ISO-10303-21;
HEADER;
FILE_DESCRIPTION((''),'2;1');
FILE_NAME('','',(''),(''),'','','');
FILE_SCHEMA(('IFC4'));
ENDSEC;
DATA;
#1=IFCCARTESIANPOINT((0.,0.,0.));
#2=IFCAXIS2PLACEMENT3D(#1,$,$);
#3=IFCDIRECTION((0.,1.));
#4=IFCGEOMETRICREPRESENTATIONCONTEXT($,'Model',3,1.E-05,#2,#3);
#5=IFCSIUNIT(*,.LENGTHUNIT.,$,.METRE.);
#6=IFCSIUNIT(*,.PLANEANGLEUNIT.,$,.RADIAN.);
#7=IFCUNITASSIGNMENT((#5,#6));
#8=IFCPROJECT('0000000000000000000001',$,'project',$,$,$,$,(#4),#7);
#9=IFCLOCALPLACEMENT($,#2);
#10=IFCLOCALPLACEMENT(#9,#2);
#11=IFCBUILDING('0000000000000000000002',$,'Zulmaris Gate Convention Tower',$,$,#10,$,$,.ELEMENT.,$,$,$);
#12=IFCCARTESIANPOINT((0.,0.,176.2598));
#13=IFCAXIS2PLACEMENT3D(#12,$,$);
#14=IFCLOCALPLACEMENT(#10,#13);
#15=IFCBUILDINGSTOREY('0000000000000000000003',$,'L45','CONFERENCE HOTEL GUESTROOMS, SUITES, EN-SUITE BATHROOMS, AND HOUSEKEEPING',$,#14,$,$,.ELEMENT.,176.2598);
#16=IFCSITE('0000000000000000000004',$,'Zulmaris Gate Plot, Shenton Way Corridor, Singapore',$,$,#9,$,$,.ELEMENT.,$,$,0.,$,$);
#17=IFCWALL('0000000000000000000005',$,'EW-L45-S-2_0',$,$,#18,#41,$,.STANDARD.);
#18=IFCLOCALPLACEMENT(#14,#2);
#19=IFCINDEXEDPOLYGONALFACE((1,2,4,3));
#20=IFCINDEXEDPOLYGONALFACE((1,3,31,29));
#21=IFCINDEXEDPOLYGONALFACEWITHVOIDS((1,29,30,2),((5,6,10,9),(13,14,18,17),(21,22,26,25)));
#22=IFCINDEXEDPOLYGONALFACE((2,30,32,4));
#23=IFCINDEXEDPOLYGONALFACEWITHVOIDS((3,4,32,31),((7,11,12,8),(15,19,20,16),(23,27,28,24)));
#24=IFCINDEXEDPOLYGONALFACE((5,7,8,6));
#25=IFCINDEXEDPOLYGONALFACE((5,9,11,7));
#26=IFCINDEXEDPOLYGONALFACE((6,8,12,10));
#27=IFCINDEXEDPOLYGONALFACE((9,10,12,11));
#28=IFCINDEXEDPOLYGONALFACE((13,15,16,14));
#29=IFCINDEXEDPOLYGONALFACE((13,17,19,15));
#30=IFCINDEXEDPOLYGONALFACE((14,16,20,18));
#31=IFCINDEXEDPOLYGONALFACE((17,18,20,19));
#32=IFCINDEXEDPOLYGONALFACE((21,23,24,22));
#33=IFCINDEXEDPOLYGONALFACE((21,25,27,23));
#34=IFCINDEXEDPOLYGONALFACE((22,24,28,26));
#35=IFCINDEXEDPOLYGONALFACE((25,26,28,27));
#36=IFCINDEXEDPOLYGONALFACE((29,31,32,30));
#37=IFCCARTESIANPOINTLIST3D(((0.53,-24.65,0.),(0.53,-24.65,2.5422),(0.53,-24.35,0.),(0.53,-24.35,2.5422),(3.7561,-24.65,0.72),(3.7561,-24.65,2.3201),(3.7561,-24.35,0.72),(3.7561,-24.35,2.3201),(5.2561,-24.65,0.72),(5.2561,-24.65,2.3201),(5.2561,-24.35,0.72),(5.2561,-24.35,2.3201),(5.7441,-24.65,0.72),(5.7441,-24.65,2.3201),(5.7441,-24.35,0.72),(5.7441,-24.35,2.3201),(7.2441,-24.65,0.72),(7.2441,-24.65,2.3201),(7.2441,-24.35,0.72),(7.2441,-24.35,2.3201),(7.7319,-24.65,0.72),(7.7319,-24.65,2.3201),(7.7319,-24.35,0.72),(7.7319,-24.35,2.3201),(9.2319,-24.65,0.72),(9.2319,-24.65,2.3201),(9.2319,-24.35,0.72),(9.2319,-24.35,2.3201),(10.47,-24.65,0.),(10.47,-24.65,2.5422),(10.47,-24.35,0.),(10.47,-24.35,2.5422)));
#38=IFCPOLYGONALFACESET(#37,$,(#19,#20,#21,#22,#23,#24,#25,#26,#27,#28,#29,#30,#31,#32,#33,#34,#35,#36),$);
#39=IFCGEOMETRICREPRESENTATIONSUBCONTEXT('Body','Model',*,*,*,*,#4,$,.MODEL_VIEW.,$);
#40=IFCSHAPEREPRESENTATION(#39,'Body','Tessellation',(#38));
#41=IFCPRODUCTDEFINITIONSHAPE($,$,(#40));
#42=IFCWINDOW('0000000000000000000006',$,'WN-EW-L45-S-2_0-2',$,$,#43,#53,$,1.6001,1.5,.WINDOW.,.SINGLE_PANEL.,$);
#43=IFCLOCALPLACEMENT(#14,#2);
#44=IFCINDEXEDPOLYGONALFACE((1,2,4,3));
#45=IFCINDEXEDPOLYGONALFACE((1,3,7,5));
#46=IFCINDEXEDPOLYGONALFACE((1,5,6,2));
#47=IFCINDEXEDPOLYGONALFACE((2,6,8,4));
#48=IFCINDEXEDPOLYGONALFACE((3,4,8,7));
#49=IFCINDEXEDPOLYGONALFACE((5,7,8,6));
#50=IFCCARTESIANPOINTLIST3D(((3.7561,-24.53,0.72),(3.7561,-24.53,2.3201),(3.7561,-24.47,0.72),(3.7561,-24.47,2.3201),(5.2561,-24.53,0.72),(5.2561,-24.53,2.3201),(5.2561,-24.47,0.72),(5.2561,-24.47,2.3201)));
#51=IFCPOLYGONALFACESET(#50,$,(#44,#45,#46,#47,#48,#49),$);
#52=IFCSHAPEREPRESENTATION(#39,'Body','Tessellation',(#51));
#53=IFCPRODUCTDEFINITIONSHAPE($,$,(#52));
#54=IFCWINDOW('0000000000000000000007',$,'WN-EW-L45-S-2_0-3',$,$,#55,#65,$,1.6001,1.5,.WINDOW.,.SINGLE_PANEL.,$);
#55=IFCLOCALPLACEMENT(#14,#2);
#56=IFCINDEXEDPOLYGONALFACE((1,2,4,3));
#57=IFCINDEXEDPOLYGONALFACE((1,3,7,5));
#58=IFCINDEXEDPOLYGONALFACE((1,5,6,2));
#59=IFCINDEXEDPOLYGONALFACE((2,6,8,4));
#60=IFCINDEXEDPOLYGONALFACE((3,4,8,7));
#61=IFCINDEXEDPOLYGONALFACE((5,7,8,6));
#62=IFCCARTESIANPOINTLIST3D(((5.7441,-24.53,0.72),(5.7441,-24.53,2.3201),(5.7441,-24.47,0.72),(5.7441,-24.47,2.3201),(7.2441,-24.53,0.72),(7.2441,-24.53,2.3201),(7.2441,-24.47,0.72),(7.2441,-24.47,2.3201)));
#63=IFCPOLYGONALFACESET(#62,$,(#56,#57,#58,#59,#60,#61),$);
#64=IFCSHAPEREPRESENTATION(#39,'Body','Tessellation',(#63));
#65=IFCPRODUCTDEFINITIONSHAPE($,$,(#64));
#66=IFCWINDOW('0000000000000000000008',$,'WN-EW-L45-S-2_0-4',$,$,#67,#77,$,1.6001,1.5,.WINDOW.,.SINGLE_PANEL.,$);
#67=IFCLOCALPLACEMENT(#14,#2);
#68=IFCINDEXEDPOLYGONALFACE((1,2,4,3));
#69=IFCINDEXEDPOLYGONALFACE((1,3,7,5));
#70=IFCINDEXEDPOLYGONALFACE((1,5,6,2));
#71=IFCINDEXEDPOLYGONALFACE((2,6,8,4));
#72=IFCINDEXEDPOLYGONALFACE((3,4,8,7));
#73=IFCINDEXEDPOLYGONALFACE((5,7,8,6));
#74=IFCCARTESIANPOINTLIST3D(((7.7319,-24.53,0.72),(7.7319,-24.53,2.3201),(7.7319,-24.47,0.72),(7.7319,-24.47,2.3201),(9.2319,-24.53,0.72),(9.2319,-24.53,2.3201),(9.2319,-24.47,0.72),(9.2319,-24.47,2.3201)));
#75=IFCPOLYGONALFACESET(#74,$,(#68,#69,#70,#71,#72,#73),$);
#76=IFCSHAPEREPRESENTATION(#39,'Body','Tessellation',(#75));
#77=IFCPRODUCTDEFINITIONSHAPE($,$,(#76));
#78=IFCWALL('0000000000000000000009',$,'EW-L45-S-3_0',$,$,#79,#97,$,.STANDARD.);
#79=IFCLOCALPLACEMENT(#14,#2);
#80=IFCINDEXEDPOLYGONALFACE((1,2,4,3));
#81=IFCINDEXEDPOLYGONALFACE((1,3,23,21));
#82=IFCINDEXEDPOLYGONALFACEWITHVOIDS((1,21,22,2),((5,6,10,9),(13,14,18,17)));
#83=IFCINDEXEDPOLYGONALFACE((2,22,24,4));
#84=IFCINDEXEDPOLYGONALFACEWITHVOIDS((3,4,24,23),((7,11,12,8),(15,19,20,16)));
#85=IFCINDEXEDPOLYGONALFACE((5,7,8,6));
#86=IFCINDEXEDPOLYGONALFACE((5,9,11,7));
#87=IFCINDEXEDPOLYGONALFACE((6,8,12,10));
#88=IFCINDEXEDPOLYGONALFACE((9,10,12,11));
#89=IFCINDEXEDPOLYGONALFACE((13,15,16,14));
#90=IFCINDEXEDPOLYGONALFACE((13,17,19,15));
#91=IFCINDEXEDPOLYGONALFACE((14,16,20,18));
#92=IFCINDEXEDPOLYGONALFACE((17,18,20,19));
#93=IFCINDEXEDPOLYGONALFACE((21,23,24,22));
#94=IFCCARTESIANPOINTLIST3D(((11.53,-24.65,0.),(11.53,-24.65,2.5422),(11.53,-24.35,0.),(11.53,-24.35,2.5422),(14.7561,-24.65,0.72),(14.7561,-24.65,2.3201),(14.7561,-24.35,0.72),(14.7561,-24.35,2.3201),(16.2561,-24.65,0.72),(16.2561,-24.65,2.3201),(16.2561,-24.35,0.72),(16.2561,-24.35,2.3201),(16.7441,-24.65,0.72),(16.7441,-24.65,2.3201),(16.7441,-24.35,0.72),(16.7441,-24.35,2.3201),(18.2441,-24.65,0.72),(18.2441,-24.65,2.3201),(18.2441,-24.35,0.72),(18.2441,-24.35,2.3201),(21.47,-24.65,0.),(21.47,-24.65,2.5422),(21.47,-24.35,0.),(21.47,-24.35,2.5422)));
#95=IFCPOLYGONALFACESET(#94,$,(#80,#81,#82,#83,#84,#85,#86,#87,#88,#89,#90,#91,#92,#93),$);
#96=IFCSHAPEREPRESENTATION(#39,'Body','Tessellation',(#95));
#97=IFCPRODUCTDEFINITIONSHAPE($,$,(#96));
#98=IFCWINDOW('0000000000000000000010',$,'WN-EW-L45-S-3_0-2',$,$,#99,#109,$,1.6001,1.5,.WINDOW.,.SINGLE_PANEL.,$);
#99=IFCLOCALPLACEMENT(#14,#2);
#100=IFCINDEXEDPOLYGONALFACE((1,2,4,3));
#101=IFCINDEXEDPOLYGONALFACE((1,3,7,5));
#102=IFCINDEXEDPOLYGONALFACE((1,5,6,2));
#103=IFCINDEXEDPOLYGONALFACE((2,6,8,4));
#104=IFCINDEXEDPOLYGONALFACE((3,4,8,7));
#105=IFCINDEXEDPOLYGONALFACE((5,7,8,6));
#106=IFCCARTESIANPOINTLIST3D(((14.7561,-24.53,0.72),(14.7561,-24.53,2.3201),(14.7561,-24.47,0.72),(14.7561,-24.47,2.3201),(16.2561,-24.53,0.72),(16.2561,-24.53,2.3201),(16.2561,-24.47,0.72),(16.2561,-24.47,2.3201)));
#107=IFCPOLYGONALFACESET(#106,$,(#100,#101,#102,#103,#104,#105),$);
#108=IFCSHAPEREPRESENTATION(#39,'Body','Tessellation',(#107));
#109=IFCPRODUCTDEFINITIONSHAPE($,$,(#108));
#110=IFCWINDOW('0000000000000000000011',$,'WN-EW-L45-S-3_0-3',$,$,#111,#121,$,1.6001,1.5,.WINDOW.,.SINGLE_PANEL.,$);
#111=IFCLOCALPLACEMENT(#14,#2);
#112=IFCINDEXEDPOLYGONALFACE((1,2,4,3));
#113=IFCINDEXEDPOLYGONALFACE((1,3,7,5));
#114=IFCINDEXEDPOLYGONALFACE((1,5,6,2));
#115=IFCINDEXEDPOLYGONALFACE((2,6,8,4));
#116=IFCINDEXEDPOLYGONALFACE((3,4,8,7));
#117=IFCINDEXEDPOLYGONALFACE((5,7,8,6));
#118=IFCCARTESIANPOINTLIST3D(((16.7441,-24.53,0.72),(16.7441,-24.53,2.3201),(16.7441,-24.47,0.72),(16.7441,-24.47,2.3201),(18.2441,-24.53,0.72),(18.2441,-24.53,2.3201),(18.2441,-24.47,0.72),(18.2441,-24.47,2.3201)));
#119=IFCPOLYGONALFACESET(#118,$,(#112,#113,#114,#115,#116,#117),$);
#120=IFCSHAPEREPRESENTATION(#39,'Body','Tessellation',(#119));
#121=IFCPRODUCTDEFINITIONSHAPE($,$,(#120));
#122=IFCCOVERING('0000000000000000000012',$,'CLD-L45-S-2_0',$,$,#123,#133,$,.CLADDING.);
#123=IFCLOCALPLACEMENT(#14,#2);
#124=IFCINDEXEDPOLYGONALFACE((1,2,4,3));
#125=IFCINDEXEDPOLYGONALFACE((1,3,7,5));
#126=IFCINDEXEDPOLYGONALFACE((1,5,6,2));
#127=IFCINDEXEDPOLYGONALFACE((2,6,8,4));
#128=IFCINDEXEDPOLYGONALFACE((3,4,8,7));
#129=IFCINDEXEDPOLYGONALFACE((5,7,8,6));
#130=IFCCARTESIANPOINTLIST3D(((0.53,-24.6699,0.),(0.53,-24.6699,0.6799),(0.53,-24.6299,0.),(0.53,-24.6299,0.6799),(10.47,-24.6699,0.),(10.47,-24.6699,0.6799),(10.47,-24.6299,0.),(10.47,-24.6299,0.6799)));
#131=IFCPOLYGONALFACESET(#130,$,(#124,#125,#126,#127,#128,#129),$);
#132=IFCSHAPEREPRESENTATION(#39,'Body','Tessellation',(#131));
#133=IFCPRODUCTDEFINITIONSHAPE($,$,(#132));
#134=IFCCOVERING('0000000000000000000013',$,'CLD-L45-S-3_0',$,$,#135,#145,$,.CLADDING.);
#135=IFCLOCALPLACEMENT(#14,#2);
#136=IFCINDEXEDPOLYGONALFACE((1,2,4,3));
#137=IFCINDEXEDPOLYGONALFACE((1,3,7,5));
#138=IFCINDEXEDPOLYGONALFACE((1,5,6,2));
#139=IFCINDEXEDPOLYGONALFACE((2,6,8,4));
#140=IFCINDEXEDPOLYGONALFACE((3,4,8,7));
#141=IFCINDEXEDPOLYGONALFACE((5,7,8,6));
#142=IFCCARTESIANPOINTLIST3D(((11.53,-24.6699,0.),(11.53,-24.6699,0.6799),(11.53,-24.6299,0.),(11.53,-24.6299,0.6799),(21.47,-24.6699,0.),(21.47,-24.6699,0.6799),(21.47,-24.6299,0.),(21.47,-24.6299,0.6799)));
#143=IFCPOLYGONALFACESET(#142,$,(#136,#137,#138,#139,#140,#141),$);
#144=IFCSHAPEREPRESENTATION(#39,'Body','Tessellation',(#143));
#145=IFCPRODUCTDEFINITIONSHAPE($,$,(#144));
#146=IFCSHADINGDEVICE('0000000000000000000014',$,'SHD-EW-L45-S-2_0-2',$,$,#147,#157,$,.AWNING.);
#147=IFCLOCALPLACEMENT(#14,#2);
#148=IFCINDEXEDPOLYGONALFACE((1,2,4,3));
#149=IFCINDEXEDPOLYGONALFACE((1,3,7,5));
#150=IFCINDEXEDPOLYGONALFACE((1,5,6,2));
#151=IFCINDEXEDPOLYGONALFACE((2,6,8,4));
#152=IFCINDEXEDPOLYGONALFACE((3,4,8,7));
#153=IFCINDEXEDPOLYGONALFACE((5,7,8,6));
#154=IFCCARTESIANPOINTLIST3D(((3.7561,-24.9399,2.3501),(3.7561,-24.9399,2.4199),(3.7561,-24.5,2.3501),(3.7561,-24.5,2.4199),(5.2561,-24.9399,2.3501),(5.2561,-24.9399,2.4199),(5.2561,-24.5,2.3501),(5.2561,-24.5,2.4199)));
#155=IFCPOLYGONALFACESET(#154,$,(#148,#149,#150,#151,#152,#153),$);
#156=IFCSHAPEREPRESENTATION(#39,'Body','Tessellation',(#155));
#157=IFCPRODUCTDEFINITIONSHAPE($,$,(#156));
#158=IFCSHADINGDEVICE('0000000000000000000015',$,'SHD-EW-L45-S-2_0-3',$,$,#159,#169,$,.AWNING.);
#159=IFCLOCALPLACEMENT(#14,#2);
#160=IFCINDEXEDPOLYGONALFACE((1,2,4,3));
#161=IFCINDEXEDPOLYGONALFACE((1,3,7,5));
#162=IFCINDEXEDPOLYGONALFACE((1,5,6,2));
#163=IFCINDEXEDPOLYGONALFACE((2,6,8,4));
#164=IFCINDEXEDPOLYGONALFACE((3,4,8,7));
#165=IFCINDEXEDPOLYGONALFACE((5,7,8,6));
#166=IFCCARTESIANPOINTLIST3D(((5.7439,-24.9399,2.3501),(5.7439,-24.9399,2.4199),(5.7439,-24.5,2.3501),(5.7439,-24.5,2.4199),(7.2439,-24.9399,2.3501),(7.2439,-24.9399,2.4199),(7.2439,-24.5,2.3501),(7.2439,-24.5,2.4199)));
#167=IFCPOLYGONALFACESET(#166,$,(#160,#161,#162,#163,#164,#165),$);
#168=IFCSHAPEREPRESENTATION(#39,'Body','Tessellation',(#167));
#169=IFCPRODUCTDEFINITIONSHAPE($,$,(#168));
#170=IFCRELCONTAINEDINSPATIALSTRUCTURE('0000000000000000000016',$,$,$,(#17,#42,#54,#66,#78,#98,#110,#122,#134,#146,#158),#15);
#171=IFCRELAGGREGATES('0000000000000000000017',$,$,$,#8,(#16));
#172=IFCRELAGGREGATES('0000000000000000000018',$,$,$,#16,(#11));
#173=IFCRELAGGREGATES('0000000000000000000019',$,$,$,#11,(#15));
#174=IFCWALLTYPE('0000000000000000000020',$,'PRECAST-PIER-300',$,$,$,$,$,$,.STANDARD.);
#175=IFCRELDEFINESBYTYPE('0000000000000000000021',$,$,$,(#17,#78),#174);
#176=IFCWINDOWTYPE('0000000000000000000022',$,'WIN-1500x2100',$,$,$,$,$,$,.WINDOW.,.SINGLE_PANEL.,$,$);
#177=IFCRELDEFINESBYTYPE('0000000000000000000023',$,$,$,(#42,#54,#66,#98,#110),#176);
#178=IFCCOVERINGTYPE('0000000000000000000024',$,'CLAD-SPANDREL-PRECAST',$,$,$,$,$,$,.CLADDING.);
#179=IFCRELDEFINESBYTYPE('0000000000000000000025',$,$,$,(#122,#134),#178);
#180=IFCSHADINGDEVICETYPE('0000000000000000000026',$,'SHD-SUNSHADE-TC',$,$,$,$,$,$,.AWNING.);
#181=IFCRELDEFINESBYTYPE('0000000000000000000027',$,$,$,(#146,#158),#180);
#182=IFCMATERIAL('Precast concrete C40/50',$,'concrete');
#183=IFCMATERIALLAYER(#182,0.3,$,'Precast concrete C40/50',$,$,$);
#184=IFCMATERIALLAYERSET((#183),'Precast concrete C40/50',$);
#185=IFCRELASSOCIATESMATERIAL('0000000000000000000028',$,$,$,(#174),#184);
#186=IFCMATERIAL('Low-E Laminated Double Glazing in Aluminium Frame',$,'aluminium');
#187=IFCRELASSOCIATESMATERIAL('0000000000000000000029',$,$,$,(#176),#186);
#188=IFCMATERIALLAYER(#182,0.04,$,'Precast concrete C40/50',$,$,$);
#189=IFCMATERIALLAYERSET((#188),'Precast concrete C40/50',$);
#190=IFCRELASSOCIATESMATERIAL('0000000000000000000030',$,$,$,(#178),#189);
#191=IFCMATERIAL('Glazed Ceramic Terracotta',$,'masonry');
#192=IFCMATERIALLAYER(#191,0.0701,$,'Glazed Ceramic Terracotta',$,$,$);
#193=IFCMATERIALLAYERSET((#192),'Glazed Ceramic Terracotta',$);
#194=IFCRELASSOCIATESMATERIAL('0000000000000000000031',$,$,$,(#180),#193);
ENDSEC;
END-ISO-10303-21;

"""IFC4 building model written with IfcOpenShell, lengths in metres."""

from ifc_helpers import new_model, si_unit, direction, frame, frame_2d, origin, place, context, subcontext, project, spatial, rectangle, extrude, material, layer, layer_set, type_object, element, fill, save


model = new_model("IFC4")

# Units and contexts
model_context = context("Model", 3, precision=1e-05, world=origin(), true_north=direction((0.0, 1.0)))
body_context = subcontext(model_context, "Body", "Model", "MODEL_VIEW")
ifc_project = project(units=[si_unit("LENGTHUNIT", "METRE"), si_unit("PLANEANGLEUNIT", "RADIAN")], contexts=[model_context])

# Site, building, storey
site_placement = place(None, origin())
site = spatial("IfcSite", under=ifc_project, at=site_placement, Name="Zulmaris Gate Plot, Shenton Way Corridor, Singapore", CompositionType="ELEMENT", RefElevation=0.0)
building_placement = place(site_placement, origin())
building = spatial("IfcBuilding", under=site, at=building_placement, Name="Zulmaris Gate Convention Tower", CompositionType="ELEMENT")
storey_placement = place(building_placement, frame((0.0, 0.0, 176.2598)))
storey = spatial("IfcBuildingStorey", under=building, at=storey_placement, Name="L45", Description="CONFERENCE HOTEL GUESTROOMS, SUITES, EN-SUITE BATHROOMS, AND HOUSEKEEPING", CompositionType="ELEMENT", Elevation=176.2598)

# Walls, openings, windows
ifc_material_1 = material(Name="Precast concrete C40/50", Category="concrete")
ifc_layer_1 = layer(ifc_material_1, 0.3, Name="Precast concrete C40/50")
ifc_layer_set_1 = layer_set([ifc_layer_1], Name="Precast concrete C40/50")
wall_type_1 = type_object("IfcWallType", Name="PRECAST-PIER-300", PredefinedType="STANDARD", material=ifc_layer_set_1)
wall_1_placement = place(storey_placement, frame((0.53, -24.5, 0.0), z_axis=(0.0, 0.0, 1.0), x_axis=(1.0, 0.0, 0.0)))
wall_1 = element("IfcWall", 1, at=wall_1_placement, inside=storey, type_object=wall_type_1, Name="EW-L45-S-2_0", PredefinedType="STANDARD", context=body_context, shape_type="SweptSolid", body=[
    extrude(rectangle(XDim=9.9399, YDim=0.3, at=frame_2d((4.97, 0.0))), origin(), (0.0, 0.0, 1.0), 2.5422),
])
opening_1_placement = place(wall_1_placement, frame((3.2261, 0.0, 0.72)))
opening_1 = element("IfcOpeningElement", 2, at=opening_1_placement, cuts=wall_1, PredefinedType="OPENING", context=body_context, shape_type="SweptSolid", body=[
    extrude(rectangle(XDim=1.5, YDim=1.6001, at=frame_2d((0.75, 0.8))), frame((0.0, 0.1602, 0.0), z_axis=(0.0, -1.0, 0.0), x_axis=(1.0, 0.0, 0.0)), (0.0, 0.0, 1.0), 0.3201),
])
opening_2_placement = place(wall_1_placement, frame((5.2141, 0.0, 0.72)))
opening_2 = element("IfcOpeningElement", 3, at=opening_2_placement, cuts=wall_1, PredefinedType="OPENING", context=body_context, shape_type="SweptSolid", body=[
    extrude(rectangle(XDim=1.5, YDim=1.6001, at=frame_2d((0.75, 0.8))), frame((0.0, 0.1602, 0.0), z_axis=(0.0, -1.0, 0.0), x_axis=(1.0, 0.0, 0.0)), (0.0, 0.0, 1.0), 0.3201),
])
opening_3_placement = place(wall_1_placement, frame((7.2019, 0.0, 0.72)))
opening_3 = element("IfcOpeningElement", 4, at=opening_3_placement, cuts=wall_1, PredefinedType="OPENING", context=body_context, shape_type="SweptSolid", body=[
    extrude(rectangle(XDim=1.5, YDim=1.6001, at=frame_2d((0.75, 0.8))), frame((0.0, 0.1602, 0.0), z_axis=(0.0, -1.0, 0.0), x_axis=(1.0, 0.0, 0.0)), (0.0, 0.0, 1.0), 0.3201),
])
ifc_material_2 = material(Name="Low-E Laminated Double Glazing in Aluminium Frame", Category="aluminium")
window_type = type_object("IfcWindowType", Name="WIN-1500x2100", PartitioningType="SINGLE_PANEL", PredefinedType="WINDOW", material=ifc_material_2)
window_1_placement = place(opening_1_placement, origin())
window_1 = element("IfcWindow", 5, at=window_1_placement, inside=storey, type_object=window_type, Name="WN-EW-L45-S-2_0-2", OverallHeight=1.6001, OverallWidth=1.5, PartitioningType="SINGLE_PANEL", PredefinedType="WINDOW", context=body_context, shape_type="SweptSolid", body=[
    extrude(rectangle(XDim=1.5, YDim=1.6001, at=frame_2d((0.75, 0.8))), frame((0.0, 0.03, 0.0), z_axis=(0.0, -1.0, 0.0), x_axis=(1.0, 0.0, 0.0)), (0.0, 0.0, 1.0), 0.0601),
])
fill(opening_1, window_1)
window_2_placement = place(opening_2_placement, origin())
window_2 = element("IfcWindow", 6, at=window_2_placement, inside=storey, type_object=window_type, Name="WN-EW-L45-S-2_0-3", OverallHeight=1.6001, OverallWidth=1.5, PartitioningType="SINGLE_PANEL", PredefinedType="WINDOW", context=body_context, shape_type="SweptSolid", body=[
    extrude(rectangle(XDim=1.5, YDim=1.6001, at=frame_2d((0.75, 0.8))), frame((0.0, 0.03, 0.0), z_axis=(0.0, -1.0, 0.0), x_axis=(1.0, 0.0, 0.0)), (0.0, 0.0, 1.0), 0.0601),
])
fill(opening_2, window_2)
window_3_placement = place(opening_3_placement, origin())
window_3 = element("IfcWindow", 7, at=window_3_placement, inside=storey, type_object=window_type, Name="WN-EW-L45-S-2_0-4", OverallHeight=1.6001, OverallWidth=1.5, PartitioningType="SINGLE_PANEL", PredefinedType="WINDOW", context=body_context, shape_type="SweptSolid", body=[
    extrude(rectangle(XDim=1.5, YDim=1.6001, at=frame_2d((0.75, 0.8))), frame((0.0, 0.03, 0.0), z_axis=(0.0, -1.0, 0.0), x_axis=(1.0, 0.0, 0.0)), (0.0, 0.0, 1.0), 0.0601),
])
fill(opening_3, window_3)
wall_2_placement = place(storey_placement, frame((11.53, -24.5, 0.0), z_axis=(0.0, 0.0, 1.0), x_axis=(1.0, 0.0, 0.0)))
wall_2 = element("IfcWall", 8, at=wall_2_placement, inside=storey, type_object=wall_type_1, Name="EW-L45-S-3_0", PredefinedType="STANDARD", context=body_context, shape_type="SweptSolid", body=[
    extrude(rectangle(XDim=9.9399, YDim=0.3, at=frame_2d((4.97, 0.0))), origin(), (0.0, 0.0, 1.0), 2.5422),
])
opening_4_placement = place(wall_2_placement, frame((3.2261, 0.0, 0.72)))
opening_4 = element("IfcOpeningElement", 9, at=opening_4_placement, cuts=wall_2, PredefinedType="OPENING", context=body_context, shape_type="SweptSolid", body=[
    extrude(rectangle(XDim=1.5, YDim=1.6001, at=frame_2d((0.75, 0.8))), frame((0.0, 0.1602, 0.0), z_axis=(0.0, -1.0, 0.0), x_axis=(1.0, 0.0, 0.0)), (0.0, 0.0, 1.0), 0.3201),
])
opening_5_placement = place(wall_2_placement, frame((5.2141, 0.0, 0.72)))
opening_5 = element("IfcOpeningElement", 10, at=opening_5_placement, cuts=wall_2, PredefinedType="OPENING", context=body_context, shape_type="SweptSolid", body=[
    extrude(rectangle(XDim=1.5, YDim=1.6001, at=frame_2d((0.75, 0.8))), frame((0.0, 0.1602, 0.0), z_axis=(0.0, -1.0, 0.0), x_axis=(1.0, 0.0, 0.0)), (0.0, 0.0, 1.0), 0.3201),
])
window_4_placement = place(opening_4_placement, origin())
window_4 = element("IfcWindow", 11, at=window_4_placement, inside=storey, type_object=window_type, Name="WN-EW-L45-S-3_0-2", OverallHeight=1.6001, OverallWidth=1.5, PartitioningType="SINGLE_PANEL", PredefinedType="WINDOW", context=body_context, shape_type="SweptSolid", body=[
    extrude(rectangle(XDim=1.5, YDim=1.6001, at=frame_2d((0.75, 0.8))), frame((0.0, 0.03, 0.0), z_axis=(0.0, -1.0, 0.0), x_axis=(1.0, 0.0, 0.0)), (0.0, 0.0, 1.0), 0.0601),
])
fill(opening_4, window_4)
window_5_placement = place(opening_5_placement, origin())
window_5 = element("IfcWindow", 12, at=window_5_placement, inside=storey, type_object=window_type, Name="WN-EW-L45-S-3_0-3", OverallHeight=1.6001, OverallWidth=1.5, PartitioningType="SINGLE_PANEL", PredefinedType="WINDOW", context=body_context, shape_type="SweptSolid", body=[
    extrude(rectangle(XDim=1.5, YDim=1.6001, at=frame_2d((0.75, 0.8))), frame((0.0, 0.03, 0.0), z_axis=(0.0, -1.0, 0.0), x_axis=(1.0, 0.0, 0.0)), (0.0, 0.0, 1.0), 0.0601),
])
fill(opening_5, window_5)

# Coverings
ifc_layer_2 = layer(ifc_material_1, 0.04, Name="Precast concrete C40/50")
ifc_layer_set_2 = layer_set([ifc_layer_2], Name="Precast concrete C40/50")
covering_type = type_object("IfcCoveringType", Name="CLAD-SPANDREL-PRECAST", PredefinedType="CLADDING", material=ifc_layer_set_2)
for number, where, z_axis, x_axis, name in (
    (13, (0.53, -24.6499, 0.0), (0.0, 0.0, 1.0), (1.0, 0.0, 0.0), "CLD-L45-S-2_0"),
    (14, (11.53, -24.6499, 0.0), (0.0, 0.0, 1.0), (1.0, 0.0, 0.0), "CLD-L45-S-3_0"),
):
    element("IfcCovering", number, at=place(storey_placement, frame(where, z_axis=z_axis, x_axis=x_axis)), inside=storey, type_object=covering_type, Name=name, PredefinedType="CLADDING", context=body_context, shape_type="SweptSolid", body=[
        extrude(rectangle(XDim=9.9399, YDim=0.04, at=frame_2d((4.97, 0.0))), origin(), (0.0, 0.0, 1.0), 0.6799),
    ])

# Shading devices
ifc_material_3 = material(Name="Glazed Ceramic Terracotta", Category="masonry")
ifc_layer_3 = layer(ifc_material_3, 0.0701, Name="Glazed Ceramic Terracotta")
ifc_layer_set_3 = layer_set([ifc_layer_3], Name="Glazed Ceramic Terracotta")
shading_device_type = type_object("IfcShadingDeviceType", Name="SHD-SUNSHADE-TC", PredefinedType="AWNING", material=ifc_layer_set_3)
for number, where, z_axis, x_axis, name in (
    (15, (3.7561, -24.72, 2.3501), (0.0, 0.0, 1.0), (1.0, 0.0, 0.0), "SHD-EW-L45-S-2_0-2"),
    (16, (5.7439, -24.72, 2.3501), (0.0, 0.0, 1.0), (1.0, 0.0, 0.0), "SHD-EW-L45-S-2_0-3"),
):
    element("IfcShadingDevice", number, at=place(storey_placement, frame(where, z_axis=z_axis, x_axis=x_axis)), inside=storey, type_object=shading_device_type, Name=name, PredefinedType="AWNING", context=body_context, shape_type="SweptSolid", body=[
        extrude(rectangle(XDim=1.5, YDim=0.4399, at=frame_2d((0.75, 0.0))), origin(), (0.0, 0.0, 1.0), 0.0698),
    ])

save(model, "model.ifc")
